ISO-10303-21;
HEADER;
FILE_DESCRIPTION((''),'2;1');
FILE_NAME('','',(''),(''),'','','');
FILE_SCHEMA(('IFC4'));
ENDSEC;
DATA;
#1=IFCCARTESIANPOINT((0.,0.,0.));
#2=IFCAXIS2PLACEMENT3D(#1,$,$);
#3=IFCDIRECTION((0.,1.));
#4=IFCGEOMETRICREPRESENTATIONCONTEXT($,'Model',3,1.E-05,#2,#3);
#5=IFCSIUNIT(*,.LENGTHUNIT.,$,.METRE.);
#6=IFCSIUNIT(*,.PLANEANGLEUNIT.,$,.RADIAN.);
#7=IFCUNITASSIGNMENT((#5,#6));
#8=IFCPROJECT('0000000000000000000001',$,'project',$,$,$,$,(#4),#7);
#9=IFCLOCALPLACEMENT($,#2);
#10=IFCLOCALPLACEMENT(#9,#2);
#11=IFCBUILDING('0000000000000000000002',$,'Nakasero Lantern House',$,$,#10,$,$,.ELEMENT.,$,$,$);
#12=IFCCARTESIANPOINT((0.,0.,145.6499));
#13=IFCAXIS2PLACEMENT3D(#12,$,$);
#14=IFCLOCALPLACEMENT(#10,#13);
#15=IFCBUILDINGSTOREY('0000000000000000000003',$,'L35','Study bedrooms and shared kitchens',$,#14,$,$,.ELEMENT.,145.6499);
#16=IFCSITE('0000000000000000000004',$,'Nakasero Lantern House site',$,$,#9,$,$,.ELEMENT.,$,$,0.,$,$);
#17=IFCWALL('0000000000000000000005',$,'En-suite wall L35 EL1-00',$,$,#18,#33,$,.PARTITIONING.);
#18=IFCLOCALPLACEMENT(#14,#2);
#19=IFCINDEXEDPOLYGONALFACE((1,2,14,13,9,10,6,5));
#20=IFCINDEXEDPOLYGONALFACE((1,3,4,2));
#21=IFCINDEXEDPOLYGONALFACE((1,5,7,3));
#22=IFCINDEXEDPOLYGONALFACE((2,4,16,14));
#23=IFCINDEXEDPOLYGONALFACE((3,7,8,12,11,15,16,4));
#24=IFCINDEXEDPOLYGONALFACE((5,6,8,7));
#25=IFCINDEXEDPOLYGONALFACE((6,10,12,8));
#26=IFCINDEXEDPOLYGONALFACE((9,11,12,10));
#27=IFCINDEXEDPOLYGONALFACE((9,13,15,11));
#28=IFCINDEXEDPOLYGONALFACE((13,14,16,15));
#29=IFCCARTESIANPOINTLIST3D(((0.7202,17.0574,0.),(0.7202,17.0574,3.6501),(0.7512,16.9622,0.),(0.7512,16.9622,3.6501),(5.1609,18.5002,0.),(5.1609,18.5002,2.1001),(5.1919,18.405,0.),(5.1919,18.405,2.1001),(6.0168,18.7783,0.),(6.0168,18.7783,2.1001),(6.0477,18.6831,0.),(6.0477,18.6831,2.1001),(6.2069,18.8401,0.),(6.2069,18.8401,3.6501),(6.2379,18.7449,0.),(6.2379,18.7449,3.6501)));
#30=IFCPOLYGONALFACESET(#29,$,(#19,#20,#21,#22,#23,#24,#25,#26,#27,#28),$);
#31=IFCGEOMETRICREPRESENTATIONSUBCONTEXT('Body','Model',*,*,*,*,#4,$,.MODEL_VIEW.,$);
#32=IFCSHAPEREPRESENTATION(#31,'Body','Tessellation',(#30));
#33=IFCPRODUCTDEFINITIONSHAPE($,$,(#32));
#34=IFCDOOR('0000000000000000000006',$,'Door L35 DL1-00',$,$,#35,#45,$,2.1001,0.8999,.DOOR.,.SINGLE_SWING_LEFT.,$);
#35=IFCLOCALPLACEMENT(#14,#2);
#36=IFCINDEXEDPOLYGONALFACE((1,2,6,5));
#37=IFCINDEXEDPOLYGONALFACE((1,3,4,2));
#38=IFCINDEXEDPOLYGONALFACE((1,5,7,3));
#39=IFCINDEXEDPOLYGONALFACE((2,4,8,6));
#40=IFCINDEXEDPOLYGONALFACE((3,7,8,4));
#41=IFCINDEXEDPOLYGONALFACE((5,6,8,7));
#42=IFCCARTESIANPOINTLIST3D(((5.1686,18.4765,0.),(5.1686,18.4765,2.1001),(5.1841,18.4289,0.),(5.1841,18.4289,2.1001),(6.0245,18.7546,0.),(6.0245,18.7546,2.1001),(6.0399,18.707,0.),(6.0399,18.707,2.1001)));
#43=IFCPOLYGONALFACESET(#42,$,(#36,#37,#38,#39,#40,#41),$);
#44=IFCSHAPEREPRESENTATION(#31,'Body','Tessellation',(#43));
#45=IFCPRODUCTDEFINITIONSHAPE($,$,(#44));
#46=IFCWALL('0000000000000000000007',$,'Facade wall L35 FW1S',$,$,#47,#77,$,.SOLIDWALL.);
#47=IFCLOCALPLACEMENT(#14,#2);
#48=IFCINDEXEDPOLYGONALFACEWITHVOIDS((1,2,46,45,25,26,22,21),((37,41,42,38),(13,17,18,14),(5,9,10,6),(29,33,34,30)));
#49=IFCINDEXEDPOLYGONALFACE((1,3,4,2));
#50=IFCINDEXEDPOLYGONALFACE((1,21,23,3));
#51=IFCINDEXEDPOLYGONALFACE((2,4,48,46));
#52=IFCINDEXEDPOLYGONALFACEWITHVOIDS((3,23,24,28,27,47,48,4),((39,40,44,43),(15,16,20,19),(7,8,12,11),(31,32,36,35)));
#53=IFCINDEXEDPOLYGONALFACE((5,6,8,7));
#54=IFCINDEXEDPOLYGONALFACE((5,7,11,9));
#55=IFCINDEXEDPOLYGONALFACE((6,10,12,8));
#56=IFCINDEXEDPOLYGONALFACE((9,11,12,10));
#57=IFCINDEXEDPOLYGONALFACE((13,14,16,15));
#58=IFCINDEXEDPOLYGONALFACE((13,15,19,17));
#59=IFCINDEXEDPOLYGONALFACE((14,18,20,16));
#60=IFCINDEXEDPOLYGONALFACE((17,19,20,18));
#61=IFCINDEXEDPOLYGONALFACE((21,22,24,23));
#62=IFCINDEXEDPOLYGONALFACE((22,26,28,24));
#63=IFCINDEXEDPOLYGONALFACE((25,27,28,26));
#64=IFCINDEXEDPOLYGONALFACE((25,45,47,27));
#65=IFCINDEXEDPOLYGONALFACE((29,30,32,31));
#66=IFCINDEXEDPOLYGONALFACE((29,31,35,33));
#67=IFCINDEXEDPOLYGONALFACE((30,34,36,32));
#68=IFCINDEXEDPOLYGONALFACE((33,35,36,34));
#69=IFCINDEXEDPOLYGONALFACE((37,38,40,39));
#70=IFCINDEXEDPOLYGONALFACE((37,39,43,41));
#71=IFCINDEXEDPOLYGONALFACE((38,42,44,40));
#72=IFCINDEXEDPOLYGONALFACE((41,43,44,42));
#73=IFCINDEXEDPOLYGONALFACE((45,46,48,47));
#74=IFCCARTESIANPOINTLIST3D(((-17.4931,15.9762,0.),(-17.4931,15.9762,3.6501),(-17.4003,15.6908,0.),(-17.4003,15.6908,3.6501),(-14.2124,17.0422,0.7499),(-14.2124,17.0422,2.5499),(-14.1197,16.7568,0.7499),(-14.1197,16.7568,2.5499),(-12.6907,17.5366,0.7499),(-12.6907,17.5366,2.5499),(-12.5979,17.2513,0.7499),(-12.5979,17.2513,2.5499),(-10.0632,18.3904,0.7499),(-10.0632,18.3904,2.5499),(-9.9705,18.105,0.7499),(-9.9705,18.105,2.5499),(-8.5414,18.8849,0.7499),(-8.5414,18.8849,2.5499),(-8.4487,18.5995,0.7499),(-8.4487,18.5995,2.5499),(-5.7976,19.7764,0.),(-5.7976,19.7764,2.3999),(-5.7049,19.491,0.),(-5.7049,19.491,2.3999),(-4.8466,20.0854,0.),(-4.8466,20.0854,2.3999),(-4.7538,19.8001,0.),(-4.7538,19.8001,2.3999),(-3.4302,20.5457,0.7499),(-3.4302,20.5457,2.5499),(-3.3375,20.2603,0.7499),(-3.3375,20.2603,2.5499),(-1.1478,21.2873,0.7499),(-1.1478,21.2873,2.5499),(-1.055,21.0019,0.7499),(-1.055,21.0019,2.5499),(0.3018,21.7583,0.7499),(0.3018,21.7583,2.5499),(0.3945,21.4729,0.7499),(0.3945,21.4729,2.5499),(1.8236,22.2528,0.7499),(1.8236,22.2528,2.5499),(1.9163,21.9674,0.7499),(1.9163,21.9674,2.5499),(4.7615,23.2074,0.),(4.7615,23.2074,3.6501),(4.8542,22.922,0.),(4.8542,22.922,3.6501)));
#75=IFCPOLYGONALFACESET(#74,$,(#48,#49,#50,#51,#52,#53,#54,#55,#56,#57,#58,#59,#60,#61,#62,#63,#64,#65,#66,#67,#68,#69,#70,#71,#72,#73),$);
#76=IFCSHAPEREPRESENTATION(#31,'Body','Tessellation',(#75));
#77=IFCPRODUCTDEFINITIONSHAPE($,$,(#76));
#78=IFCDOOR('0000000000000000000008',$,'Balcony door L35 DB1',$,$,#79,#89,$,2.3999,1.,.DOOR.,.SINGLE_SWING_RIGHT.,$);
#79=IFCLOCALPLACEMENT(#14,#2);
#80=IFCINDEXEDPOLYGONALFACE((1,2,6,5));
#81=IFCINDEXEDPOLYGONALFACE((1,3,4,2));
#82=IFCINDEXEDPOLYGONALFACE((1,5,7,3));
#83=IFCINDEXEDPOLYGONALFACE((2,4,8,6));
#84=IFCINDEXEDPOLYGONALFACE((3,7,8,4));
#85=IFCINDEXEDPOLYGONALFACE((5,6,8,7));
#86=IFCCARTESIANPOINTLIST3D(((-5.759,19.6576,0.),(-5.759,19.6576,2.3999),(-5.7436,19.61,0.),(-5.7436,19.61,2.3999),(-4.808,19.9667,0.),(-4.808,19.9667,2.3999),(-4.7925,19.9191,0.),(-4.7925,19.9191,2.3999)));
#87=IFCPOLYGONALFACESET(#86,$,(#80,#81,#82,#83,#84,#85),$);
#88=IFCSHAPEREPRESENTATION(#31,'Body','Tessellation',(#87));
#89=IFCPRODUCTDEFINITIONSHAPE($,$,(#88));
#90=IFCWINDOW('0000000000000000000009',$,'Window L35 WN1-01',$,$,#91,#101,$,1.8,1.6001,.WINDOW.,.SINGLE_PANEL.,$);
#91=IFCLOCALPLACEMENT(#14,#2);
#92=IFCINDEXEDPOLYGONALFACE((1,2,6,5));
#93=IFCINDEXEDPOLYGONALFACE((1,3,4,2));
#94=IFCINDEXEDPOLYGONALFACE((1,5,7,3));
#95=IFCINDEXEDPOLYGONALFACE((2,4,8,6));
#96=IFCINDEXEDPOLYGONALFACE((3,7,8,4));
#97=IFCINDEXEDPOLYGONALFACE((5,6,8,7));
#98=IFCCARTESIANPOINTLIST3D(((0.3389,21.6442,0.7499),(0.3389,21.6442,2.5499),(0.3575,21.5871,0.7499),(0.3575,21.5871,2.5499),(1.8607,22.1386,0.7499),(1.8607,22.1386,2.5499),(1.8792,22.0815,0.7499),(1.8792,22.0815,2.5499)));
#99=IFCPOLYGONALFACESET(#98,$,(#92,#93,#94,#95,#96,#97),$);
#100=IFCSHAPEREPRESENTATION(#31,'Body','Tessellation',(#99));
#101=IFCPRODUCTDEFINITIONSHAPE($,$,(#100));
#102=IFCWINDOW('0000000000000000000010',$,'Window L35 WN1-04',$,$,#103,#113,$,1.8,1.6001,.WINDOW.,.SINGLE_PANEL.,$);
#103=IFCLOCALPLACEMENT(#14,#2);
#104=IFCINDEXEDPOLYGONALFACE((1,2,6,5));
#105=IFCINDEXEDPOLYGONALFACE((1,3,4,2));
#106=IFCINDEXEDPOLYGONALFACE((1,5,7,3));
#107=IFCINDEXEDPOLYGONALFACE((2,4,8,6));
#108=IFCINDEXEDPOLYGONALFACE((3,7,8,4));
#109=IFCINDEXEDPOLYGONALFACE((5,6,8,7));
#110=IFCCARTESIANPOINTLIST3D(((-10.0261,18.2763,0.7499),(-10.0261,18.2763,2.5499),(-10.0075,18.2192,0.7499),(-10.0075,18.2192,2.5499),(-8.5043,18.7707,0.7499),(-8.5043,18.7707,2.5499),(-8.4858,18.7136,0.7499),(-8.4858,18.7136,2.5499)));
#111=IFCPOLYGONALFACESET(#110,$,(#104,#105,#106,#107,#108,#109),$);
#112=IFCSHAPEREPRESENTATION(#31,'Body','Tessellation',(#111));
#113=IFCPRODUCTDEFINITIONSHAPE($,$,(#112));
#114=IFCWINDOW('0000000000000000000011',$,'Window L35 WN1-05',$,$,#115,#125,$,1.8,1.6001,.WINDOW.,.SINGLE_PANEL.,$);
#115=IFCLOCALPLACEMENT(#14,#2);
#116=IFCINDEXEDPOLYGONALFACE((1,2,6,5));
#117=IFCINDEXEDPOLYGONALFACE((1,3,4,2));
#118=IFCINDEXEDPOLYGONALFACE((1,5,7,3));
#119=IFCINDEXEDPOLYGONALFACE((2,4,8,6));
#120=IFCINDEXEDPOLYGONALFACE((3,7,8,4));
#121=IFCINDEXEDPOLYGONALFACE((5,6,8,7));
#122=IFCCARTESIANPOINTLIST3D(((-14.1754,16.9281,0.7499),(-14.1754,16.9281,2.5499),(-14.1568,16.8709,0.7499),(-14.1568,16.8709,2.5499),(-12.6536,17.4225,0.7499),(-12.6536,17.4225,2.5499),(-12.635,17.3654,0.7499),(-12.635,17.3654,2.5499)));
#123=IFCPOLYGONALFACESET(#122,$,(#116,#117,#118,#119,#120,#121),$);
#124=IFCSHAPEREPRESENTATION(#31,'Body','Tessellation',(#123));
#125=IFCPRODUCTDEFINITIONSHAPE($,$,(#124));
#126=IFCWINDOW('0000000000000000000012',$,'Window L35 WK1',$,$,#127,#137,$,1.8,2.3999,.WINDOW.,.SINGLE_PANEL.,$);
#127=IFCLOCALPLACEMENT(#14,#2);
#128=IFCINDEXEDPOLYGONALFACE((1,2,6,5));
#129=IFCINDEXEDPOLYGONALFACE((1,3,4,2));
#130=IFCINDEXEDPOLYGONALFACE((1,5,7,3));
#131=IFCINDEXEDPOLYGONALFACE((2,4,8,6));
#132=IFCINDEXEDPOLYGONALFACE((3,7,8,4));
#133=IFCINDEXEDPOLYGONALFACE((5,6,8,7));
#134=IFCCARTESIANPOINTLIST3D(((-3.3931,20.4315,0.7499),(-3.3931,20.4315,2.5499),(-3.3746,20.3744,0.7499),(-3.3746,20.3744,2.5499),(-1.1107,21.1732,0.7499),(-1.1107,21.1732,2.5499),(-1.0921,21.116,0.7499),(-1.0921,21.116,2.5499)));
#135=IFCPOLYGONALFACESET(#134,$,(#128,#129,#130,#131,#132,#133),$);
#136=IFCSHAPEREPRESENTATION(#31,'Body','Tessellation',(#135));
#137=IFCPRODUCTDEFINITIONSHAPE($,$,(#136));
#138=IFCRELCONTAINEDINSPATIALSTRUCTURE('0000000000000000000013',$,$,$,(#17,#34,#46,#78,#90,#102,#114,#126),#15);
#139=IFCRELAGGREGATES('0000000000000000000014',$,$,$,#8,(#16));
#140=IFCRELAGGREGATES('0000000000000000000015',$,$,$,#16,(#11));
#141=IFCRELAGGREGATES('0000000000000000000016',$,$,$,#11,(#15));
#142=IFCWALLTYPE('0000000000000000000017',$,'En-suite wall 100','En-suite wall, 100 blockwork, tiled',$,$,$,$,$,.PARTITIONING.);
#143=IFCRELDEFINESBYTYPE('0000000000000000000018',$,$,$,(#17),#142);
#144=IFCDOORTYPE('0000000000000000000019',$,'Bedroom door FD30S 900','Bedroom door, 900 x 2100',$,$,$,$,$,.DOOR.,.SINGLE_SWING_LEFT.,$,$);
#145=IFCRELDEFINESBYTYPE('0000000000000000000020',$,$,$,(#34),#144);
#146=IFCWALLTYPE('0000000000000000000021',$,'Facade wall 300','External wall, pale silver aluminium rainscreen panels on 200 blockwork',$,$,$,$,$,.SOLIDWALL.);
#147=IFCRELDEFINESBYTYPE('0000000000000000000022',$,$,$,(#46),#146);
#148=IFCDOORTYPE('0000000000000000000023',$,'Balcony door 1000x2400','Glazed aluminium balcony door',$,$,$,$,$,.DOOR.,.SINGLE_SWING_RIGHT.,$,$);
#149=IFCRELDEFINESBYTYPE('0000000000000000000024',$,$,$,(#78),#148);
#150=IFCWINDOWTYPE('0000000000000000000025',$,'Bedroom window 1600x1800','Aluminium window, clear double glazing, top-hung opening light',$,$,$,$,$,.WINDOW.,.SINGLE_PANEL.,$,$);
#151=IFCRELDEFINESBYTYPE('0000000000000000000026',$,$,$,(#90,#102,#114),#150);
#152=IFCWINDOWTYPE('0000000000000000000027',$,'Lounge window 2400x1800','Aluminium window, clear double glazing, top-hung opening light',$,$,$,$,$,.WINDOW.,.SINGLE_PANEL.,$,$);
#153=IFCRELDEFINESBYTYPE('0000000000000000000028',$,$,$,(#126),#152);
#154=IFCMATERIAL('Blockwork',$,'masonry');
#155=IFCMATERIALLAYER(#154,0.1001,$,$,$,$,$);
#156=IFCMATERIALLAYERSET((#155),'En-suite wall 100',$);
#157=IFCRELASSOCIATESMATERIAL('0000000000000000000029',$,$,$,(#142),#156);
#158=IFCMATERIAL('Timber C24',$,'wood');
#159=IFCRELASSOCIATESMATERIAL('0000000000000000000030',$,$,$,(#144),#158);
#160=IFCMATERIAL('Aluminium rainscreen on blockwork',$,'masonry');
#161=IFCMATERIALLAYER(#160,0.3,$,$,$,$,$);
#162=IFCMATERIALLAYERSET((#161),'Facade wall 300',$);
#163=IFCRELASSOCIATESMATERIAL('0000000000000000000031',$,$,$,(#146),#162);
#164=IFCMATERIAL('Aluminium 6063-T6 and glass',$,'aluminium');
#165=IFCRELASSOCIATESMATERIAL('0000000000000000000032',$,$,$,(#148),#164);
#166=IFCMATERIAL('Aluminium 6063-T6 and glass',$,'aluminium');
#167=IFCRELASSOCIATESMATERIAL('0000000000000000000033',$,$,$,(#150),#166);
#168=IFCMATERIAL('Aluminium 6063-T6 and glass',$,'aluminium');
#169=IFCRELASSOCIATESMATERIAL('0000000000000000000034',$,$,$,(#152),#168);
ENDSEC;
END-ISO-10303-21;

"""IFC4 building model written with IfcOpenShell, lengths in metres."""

from ifc_helpers import new_model, si_unit, direction, frame, frame_2d, origin, place, context, subcontext, project, spatial, rectangle, extrude, material, layer, layer_set, type_object, element, fill, save


model = new_model("IFC4")

# Units and contexts
model_context = context("Model", 3, precision=1e-05, world=origin(), true_north=direction((0.0, 1.0)))
body_context = subcontext(model_context, "Body", "Model", "MODEL_VIEW")
ifc_project = project(units=[si_unit("LENGTHUNIT", "METRE"), si_unit("PLANEANGLEUNIT", "RADIAN")], contexts=[model_context])

# Site, building, storey
site_placement = place(None, origin())
site = spatial("IfcSite", under=ifc_project, at=site_placement, Name="Nakasero Lantern House site", CompositionType="ELEMENT", RefElevation=0.0)
building_placement = place(site_placement, origin())
building = spatial("IfcBuilding", under=site, at=building_placement, Name="Nakasero Lantern House", CompositionType="ELEMENT")
storey_placement = place(building_placement, frame((0.0, 0.0, 145.6499)))
storey = spatial("IfcBuildingStorey", under=building, at=storey_placement, Name="L35", Description="Study bedrooms and shared kitchens", CompositionType="ELEMENT", Elevation=145.6499)

# Shared definitions
ifc_material_1 = material(Name="Blockwork", Category="masonry")
ifc_layer_1 = layer(ifc_material_1, 0.1001)
ifc_layer_set_1 = layer_set([ifc_layer_1], Name="En-suite wall 100")
wall_type_1 = type_object("IfcWallType", Name="En-suite wall 100", Description="En-suite wall, 100 blockwork, tiled", PredefinedType="PARTITIONING", material=ifc_layer_set_1)

# Wall, opening, door
wall_1_placement = place(storey_placement, frame((6.2224, 18.7925, 0.0), z_axis=(0.0, 0.0, 1.0), x_axis=(-0.95106, -0.309008, 0.0)))
wall_1 = element("IfcWall", 1, at=wall_1_placement, inside=storey, type_object=wall_type_1, Name="En-suite wall L35 EL1-00", PredefinedType="PARTITIONING", context=body_context, shape_type="SweptSolid", body=[
    extrude(rectangle(XDim=5.769, YDim=0.1001, at=frame_2d((2.8845, 0.0))), origin(), (0.0, 0.0, 1.0), 3.6501),
])
opening_1_placement = place(wall_1_placement, frame((0.2, 0.0, 0.0)))
opening_1 = element("IfcOpeningElement", 2, at=opening_1_placement, cuts=wall_1, PredefinedType="OPENING", context=body_context, shape_type="SweptSolid", body=[
    extrude(rectangle(XDim=0.8999, YDim=2.1001, at=frame_2d((0.45, 1.05))), frame((0.0, 0.0701, 0.0), z_axis=(0.0, -1.0, 0.0), x_axis=(1.0, 0.0, 0.0)), (0.0, 0.0, 1.0), 0.1401),
])
ifc_material_2 = material(Name="Timber C24", Category="wood")
door_type_1 = type_object("IfcDoorType", Name="Bedroom door FD30S 900", Description="Bedroom door, 900 x 2100", OperationType="SINGLE_SWING_LEFT", PredefinedType="DOOR", material=ifc_material_2)
door_1_placement = place(opening_1_placement, origin())
door_1 = element("IfcDoor", 3, at=door_1_placement, inside=storey, type_object=door_type_1, Name="Door L35 DL1-00", OperationType="SINGLE_SWING_LEFT", OverallHeight=2.1001, OverallWidth=0.8999, PredefinedType="DOOR", context=body_context, shape_type="SweptSolid", body=[
    extrude(rectangle(XDim=0.8999, YDim=2.1001, at=frame_2d((0.45, 1.05))), frame((0.0, 0.0249, 0.0), z_axis=(0.0, -1.0, 0.0), x_axis=(1.0, 0.0, 0.0)), (0.0, 0.0, 1.0), 0.05),
])
fill(opening_1, door_1)

# Wall, openings, door, windows
ifc_material_3 = material(Name="Aluminium rainscreen on blockwork", Category="masonry")
ifc_layer_2 = layer(ifc_material_3, 0.3)
ifc_layer_set_2 = layer_set([ifc_layer_2], Name="Facade wall 300")
wall_type_2 = type_object("IfcWallType", Name="Facade wall 300", Description="External wall, pale silver aluminium rainscreen panels on 200 blockwork", PredefinedType="SOLIDWALL", material=ifc_layer_set_2)
wall_2_placement = place(storey_placement, frame((4.8079, 23.0647, 0.0), z_axis=(0.0, 0.0, 1.0), x_axis=(-0.951054, -0.309026, 0.0)))
wall_2 = element("IfcWall", 4, at=wall_2_placement, inside=storey, type_object=wall_type_2, Name="Facade wall L35 FW1S", PredefinedType="SOLIDWALL", context=body_context, shape_type="SweptSolid", body=[
    extrude(rectangle(XDim=23.3999, YDim=0.3, at=frame_2d((11.7, 0.0))), origin(), (0.0, 0.0, 1.0), 3.6501),
])
opening_2_placement = place(wall_2_placement, frame((3.0891, 0.0, 0.75)))
opening_2 = element("IfcOpeningElement", 5, at=opening_2_placement, cuts=wall_2, PredefinedType="OPENING", context=body_context, shape_type="SweptSolid", body=[
    extrude(rectangle(XDim=1.6001, YDim=1.8, at=frame_2d((0.8, 0.8999))), frame((0.0, 0.1699, 0.0), z_axis=(0.0, -1.0, 0.0), x_axis=(1.0, 0.0, 0.0)), (0.0, 0.0, 1.0), 0.3401),
])
opening_3_placement = place(wall_2_placement, frame((13.9875, 0.0, 0.75)))
opening_3 = element("IfcOpeningElement", 6, at=opening_3_placement, cuts=wall_2, PredefinedType="OPENING", context=body_context, shape_type="SweptSolid", body=[
    extrude(rectangle(XDim=1.6001, YDim=1.8, at=frame_2d((0.8, 0.8999))), frame((0.0, 0.1699, 0.0), z_axis=(0.0, -1.0, 0.0), x_axis=(1.0, 0.0, 0.0)), (0.0, 0.0, 1.0), 0.3401),
])
opening_4_placement = place(wall_2_placement, frame((18.3503, 0.0, 0.75)))
opening_4 = element("IfcOpeningElement", 7, at=opening_4_placement, cuts=wall_2, PredefinedType="OPENING", context=body_context, shape_type="SweptSolid", body=[
    extrude(rectangle(XDim=1.6001, YDim=1.8, at=frame_2d((0.8, 0.8999))), frame((0.0, 0.1699, 0.0), z_axis=(0.0, -1.0, 0.0), x_axis=(1.0, 0.0, 0.0)), (0.0, 0.0, 1.0), 0.3401),
])
opening_5_placement = place(wall_2_placement, frame((6.2134, 0.0, 0.75)))
opening_5 = element("IfcOpeningElement", 8, at=opening_5_placement, cuts=wall_2, PredefinedType="OPENING", context=body_context, shape_type="SweptSolid", body=[
    extrude(rectangle(XDim=2.3999, YDim=1.8, at=frame_2d((1.2, 0.8999))), frame((0.0, 0.1699, 0.0), z_axis=(0.0, -1.0, 0.0), x_axis=(1.0, 0.0, 0.0)), (0.0, 0.0, 1.0), 0.3401),
])
opening_6_placement = place(wall_2_placement, frame((10.1025, 0.0, 0.0)))
opening_6 = element("IfcOpeningElement", 9, at=opening_6_placement, cuts=wall_2, PredefinedType="OPENING", context=body_context, shape_type="SweptSolid", body=[
    extrude(rectangle(XDim=1.0, YDim=2.3999, at=frame_2d((0.5, 1.2))), frame((0.0, 0.1699, 0.0), z_axis=(0.0, -1.0, 0.0), x_axis=(1.0, 0.0, 0.0)), (0.0, 0.0, 1.0), 0.3401),
])
ifc_material_4 = material(Name="Aluminium 6063-T6 and glass", Category="aluminium")
door_type_2 = type_object("IfcDoorType", Name="Balcony door 1000x2400", Description="Glazed aluminium balcony door", OperationType="SINGLE_SWING_RIGHT", PredefinedType="DOOR", material=ifc_material_4)
door_2_placement = place(opening_6_placement, origin())
door_2 = element("IfcDoor", 10, at=door_2_placement, inside=storey, type_object=door_type_2, Name="Balcony door L35 DB1", OperationType="SINGLE_SWING_RIGHT", OverallHeight=2.3999, OverallWidth=1.0, PredefinedType="DOOR", context=body_context, shape_type="SweptSolid", body=[
    extrude(rectangle(XDim=1.0, YDim=2.3999, at=frame_2d((0.5, 1.2))), frame((0.0, 0.0249, 0.0), z_axis=(0.0, -1.0, 0.0), x_axis=(1.0, 0.0, 0.0)), (0.0, 0.0, 1.0), 0.05),
])
fill(opening_6, door_2)
ifc_material_5 = material(Name="Aluminium 6063-T6 and glass", Category="aluminium")
window_type_1 = type_object("IfcWindowType", Name="Bedroom window 1600x1800", Description="Aluminium window, clear double glazing, top-hung opening light", PartitioningType="SINGLE_PANEL", PredefinedType="WINDOW", material=ifc_material_5)
window_1_placement = place(opening_2_placement, origin())
window_1 = element("IfcWindow", 11, at=window_1_placement, inside=storey, type_object=window_type_1, Name="Window L35 WN1-01", OverallHeight=1.8, OverallWidth=1.6001, PartitioningType="SINGLE_PANEL", PredefinedType="WINDOW", context=body_context, shape_type="SweptSolid", body=[
    extrude(rectangle(XDim=1.6001, YDim=1.8, at=frame_2d((0.8, 0.8999))), frame((0.0, 0.03, 0.0), z_axis=(0.0, -1.0, 0.0), x_axis=(1.0, 0.0, 0.0)), (0.0, 0.0, 1.0), 0.0601),
])
fill(opening_2, window_1)
window_2_placement = place(opening_3_placement, origin())
window_2 = element("IfcWindow", 12, at=window_2_placement, inside=storey, type_object=window_type_1, Name="Window L35 WN1-04", OverallHeight=1.8, OverallWidth=1.6001, PartitioningType="SINGLE_PANEL", PredefinedType="WINDOW", context=body_context, shape_type="SweptSolid", body=[
    extrude(rectangle(XDim=1.6001, YDim=1.8, at=frame_2d((0.8, 0.8999))), frame((0.0, 0.03, 0.0), z_axis=(0.0, -1.0, 0.0), x_axis=(1.0, 0.0, 0.0)), (0.0, 0.0, 1.0), 0.0601),
])
fill(opening_3, window_2)
window_3_placement = place(opening_4_placement, origin())
window_3 = element("IfcWindow", 13, at=window_3_placement, inside=storey, type_object=window_type_1, Name="Window L35 WN1-05", OverallHeight=1.8, OverallWidth=1.6001, PartitioningType="SINGLE_PANEL", PredefinedType="WINDOW", context=body_context, shape_type="SweptSolid", body=[
    extrude(rectangle(XDim=1.6001, YDim=1.8, at=frame_2d((0.8, 0.8999))), frame((0.0, 0.03, 0.0), z_axis=(0.0, -1.0, 0.0), x_axis=(1.0, 0.0, 0.0)), (0.0, 0.0, 1.0), 0.0601),
])
fill(opening_4, window_3)
ifc_material_6 = material(Name="Aluminium 6063-T6 and glass", Category="aluminium")
window_type_2 = type_object("IfcWindowType", Name="Lounge window 2400x1800", Description="Aluminium window, clear double glazing, top-hung opening light", PartitioningType="SINGLE_PANEL", PredefinedType="WINDOW", material=ifc_material_6)
window_4_placement = place(opening_5_placement, origin())
window_4 = element("IfcWindow", 14, at=window_4_placement, inside=storey, type_object=window_type_2, Name="Window L35 WK1", OverallHeight=1.8, OverallWidth=2.3999, PartitioningType="SINGLE_PANEL", PredefinedType="WINDOW", context=body_context, shape_type="SweptSolid", body=[
    extrude(rectangle(XDim=2.3999, YDim=1.8, at=frame_2d((1.2, 0.8999))), frame((0.0, 0.03, 0.0), z_axis=(0.0, -1.0, 0.0), x_axis=(1.0, 0.0, 0.0)), (0.0, 0.0, 1.0), 0.0601),
])
fill(opening_5, window_4)

save(model, "model.ifc")
